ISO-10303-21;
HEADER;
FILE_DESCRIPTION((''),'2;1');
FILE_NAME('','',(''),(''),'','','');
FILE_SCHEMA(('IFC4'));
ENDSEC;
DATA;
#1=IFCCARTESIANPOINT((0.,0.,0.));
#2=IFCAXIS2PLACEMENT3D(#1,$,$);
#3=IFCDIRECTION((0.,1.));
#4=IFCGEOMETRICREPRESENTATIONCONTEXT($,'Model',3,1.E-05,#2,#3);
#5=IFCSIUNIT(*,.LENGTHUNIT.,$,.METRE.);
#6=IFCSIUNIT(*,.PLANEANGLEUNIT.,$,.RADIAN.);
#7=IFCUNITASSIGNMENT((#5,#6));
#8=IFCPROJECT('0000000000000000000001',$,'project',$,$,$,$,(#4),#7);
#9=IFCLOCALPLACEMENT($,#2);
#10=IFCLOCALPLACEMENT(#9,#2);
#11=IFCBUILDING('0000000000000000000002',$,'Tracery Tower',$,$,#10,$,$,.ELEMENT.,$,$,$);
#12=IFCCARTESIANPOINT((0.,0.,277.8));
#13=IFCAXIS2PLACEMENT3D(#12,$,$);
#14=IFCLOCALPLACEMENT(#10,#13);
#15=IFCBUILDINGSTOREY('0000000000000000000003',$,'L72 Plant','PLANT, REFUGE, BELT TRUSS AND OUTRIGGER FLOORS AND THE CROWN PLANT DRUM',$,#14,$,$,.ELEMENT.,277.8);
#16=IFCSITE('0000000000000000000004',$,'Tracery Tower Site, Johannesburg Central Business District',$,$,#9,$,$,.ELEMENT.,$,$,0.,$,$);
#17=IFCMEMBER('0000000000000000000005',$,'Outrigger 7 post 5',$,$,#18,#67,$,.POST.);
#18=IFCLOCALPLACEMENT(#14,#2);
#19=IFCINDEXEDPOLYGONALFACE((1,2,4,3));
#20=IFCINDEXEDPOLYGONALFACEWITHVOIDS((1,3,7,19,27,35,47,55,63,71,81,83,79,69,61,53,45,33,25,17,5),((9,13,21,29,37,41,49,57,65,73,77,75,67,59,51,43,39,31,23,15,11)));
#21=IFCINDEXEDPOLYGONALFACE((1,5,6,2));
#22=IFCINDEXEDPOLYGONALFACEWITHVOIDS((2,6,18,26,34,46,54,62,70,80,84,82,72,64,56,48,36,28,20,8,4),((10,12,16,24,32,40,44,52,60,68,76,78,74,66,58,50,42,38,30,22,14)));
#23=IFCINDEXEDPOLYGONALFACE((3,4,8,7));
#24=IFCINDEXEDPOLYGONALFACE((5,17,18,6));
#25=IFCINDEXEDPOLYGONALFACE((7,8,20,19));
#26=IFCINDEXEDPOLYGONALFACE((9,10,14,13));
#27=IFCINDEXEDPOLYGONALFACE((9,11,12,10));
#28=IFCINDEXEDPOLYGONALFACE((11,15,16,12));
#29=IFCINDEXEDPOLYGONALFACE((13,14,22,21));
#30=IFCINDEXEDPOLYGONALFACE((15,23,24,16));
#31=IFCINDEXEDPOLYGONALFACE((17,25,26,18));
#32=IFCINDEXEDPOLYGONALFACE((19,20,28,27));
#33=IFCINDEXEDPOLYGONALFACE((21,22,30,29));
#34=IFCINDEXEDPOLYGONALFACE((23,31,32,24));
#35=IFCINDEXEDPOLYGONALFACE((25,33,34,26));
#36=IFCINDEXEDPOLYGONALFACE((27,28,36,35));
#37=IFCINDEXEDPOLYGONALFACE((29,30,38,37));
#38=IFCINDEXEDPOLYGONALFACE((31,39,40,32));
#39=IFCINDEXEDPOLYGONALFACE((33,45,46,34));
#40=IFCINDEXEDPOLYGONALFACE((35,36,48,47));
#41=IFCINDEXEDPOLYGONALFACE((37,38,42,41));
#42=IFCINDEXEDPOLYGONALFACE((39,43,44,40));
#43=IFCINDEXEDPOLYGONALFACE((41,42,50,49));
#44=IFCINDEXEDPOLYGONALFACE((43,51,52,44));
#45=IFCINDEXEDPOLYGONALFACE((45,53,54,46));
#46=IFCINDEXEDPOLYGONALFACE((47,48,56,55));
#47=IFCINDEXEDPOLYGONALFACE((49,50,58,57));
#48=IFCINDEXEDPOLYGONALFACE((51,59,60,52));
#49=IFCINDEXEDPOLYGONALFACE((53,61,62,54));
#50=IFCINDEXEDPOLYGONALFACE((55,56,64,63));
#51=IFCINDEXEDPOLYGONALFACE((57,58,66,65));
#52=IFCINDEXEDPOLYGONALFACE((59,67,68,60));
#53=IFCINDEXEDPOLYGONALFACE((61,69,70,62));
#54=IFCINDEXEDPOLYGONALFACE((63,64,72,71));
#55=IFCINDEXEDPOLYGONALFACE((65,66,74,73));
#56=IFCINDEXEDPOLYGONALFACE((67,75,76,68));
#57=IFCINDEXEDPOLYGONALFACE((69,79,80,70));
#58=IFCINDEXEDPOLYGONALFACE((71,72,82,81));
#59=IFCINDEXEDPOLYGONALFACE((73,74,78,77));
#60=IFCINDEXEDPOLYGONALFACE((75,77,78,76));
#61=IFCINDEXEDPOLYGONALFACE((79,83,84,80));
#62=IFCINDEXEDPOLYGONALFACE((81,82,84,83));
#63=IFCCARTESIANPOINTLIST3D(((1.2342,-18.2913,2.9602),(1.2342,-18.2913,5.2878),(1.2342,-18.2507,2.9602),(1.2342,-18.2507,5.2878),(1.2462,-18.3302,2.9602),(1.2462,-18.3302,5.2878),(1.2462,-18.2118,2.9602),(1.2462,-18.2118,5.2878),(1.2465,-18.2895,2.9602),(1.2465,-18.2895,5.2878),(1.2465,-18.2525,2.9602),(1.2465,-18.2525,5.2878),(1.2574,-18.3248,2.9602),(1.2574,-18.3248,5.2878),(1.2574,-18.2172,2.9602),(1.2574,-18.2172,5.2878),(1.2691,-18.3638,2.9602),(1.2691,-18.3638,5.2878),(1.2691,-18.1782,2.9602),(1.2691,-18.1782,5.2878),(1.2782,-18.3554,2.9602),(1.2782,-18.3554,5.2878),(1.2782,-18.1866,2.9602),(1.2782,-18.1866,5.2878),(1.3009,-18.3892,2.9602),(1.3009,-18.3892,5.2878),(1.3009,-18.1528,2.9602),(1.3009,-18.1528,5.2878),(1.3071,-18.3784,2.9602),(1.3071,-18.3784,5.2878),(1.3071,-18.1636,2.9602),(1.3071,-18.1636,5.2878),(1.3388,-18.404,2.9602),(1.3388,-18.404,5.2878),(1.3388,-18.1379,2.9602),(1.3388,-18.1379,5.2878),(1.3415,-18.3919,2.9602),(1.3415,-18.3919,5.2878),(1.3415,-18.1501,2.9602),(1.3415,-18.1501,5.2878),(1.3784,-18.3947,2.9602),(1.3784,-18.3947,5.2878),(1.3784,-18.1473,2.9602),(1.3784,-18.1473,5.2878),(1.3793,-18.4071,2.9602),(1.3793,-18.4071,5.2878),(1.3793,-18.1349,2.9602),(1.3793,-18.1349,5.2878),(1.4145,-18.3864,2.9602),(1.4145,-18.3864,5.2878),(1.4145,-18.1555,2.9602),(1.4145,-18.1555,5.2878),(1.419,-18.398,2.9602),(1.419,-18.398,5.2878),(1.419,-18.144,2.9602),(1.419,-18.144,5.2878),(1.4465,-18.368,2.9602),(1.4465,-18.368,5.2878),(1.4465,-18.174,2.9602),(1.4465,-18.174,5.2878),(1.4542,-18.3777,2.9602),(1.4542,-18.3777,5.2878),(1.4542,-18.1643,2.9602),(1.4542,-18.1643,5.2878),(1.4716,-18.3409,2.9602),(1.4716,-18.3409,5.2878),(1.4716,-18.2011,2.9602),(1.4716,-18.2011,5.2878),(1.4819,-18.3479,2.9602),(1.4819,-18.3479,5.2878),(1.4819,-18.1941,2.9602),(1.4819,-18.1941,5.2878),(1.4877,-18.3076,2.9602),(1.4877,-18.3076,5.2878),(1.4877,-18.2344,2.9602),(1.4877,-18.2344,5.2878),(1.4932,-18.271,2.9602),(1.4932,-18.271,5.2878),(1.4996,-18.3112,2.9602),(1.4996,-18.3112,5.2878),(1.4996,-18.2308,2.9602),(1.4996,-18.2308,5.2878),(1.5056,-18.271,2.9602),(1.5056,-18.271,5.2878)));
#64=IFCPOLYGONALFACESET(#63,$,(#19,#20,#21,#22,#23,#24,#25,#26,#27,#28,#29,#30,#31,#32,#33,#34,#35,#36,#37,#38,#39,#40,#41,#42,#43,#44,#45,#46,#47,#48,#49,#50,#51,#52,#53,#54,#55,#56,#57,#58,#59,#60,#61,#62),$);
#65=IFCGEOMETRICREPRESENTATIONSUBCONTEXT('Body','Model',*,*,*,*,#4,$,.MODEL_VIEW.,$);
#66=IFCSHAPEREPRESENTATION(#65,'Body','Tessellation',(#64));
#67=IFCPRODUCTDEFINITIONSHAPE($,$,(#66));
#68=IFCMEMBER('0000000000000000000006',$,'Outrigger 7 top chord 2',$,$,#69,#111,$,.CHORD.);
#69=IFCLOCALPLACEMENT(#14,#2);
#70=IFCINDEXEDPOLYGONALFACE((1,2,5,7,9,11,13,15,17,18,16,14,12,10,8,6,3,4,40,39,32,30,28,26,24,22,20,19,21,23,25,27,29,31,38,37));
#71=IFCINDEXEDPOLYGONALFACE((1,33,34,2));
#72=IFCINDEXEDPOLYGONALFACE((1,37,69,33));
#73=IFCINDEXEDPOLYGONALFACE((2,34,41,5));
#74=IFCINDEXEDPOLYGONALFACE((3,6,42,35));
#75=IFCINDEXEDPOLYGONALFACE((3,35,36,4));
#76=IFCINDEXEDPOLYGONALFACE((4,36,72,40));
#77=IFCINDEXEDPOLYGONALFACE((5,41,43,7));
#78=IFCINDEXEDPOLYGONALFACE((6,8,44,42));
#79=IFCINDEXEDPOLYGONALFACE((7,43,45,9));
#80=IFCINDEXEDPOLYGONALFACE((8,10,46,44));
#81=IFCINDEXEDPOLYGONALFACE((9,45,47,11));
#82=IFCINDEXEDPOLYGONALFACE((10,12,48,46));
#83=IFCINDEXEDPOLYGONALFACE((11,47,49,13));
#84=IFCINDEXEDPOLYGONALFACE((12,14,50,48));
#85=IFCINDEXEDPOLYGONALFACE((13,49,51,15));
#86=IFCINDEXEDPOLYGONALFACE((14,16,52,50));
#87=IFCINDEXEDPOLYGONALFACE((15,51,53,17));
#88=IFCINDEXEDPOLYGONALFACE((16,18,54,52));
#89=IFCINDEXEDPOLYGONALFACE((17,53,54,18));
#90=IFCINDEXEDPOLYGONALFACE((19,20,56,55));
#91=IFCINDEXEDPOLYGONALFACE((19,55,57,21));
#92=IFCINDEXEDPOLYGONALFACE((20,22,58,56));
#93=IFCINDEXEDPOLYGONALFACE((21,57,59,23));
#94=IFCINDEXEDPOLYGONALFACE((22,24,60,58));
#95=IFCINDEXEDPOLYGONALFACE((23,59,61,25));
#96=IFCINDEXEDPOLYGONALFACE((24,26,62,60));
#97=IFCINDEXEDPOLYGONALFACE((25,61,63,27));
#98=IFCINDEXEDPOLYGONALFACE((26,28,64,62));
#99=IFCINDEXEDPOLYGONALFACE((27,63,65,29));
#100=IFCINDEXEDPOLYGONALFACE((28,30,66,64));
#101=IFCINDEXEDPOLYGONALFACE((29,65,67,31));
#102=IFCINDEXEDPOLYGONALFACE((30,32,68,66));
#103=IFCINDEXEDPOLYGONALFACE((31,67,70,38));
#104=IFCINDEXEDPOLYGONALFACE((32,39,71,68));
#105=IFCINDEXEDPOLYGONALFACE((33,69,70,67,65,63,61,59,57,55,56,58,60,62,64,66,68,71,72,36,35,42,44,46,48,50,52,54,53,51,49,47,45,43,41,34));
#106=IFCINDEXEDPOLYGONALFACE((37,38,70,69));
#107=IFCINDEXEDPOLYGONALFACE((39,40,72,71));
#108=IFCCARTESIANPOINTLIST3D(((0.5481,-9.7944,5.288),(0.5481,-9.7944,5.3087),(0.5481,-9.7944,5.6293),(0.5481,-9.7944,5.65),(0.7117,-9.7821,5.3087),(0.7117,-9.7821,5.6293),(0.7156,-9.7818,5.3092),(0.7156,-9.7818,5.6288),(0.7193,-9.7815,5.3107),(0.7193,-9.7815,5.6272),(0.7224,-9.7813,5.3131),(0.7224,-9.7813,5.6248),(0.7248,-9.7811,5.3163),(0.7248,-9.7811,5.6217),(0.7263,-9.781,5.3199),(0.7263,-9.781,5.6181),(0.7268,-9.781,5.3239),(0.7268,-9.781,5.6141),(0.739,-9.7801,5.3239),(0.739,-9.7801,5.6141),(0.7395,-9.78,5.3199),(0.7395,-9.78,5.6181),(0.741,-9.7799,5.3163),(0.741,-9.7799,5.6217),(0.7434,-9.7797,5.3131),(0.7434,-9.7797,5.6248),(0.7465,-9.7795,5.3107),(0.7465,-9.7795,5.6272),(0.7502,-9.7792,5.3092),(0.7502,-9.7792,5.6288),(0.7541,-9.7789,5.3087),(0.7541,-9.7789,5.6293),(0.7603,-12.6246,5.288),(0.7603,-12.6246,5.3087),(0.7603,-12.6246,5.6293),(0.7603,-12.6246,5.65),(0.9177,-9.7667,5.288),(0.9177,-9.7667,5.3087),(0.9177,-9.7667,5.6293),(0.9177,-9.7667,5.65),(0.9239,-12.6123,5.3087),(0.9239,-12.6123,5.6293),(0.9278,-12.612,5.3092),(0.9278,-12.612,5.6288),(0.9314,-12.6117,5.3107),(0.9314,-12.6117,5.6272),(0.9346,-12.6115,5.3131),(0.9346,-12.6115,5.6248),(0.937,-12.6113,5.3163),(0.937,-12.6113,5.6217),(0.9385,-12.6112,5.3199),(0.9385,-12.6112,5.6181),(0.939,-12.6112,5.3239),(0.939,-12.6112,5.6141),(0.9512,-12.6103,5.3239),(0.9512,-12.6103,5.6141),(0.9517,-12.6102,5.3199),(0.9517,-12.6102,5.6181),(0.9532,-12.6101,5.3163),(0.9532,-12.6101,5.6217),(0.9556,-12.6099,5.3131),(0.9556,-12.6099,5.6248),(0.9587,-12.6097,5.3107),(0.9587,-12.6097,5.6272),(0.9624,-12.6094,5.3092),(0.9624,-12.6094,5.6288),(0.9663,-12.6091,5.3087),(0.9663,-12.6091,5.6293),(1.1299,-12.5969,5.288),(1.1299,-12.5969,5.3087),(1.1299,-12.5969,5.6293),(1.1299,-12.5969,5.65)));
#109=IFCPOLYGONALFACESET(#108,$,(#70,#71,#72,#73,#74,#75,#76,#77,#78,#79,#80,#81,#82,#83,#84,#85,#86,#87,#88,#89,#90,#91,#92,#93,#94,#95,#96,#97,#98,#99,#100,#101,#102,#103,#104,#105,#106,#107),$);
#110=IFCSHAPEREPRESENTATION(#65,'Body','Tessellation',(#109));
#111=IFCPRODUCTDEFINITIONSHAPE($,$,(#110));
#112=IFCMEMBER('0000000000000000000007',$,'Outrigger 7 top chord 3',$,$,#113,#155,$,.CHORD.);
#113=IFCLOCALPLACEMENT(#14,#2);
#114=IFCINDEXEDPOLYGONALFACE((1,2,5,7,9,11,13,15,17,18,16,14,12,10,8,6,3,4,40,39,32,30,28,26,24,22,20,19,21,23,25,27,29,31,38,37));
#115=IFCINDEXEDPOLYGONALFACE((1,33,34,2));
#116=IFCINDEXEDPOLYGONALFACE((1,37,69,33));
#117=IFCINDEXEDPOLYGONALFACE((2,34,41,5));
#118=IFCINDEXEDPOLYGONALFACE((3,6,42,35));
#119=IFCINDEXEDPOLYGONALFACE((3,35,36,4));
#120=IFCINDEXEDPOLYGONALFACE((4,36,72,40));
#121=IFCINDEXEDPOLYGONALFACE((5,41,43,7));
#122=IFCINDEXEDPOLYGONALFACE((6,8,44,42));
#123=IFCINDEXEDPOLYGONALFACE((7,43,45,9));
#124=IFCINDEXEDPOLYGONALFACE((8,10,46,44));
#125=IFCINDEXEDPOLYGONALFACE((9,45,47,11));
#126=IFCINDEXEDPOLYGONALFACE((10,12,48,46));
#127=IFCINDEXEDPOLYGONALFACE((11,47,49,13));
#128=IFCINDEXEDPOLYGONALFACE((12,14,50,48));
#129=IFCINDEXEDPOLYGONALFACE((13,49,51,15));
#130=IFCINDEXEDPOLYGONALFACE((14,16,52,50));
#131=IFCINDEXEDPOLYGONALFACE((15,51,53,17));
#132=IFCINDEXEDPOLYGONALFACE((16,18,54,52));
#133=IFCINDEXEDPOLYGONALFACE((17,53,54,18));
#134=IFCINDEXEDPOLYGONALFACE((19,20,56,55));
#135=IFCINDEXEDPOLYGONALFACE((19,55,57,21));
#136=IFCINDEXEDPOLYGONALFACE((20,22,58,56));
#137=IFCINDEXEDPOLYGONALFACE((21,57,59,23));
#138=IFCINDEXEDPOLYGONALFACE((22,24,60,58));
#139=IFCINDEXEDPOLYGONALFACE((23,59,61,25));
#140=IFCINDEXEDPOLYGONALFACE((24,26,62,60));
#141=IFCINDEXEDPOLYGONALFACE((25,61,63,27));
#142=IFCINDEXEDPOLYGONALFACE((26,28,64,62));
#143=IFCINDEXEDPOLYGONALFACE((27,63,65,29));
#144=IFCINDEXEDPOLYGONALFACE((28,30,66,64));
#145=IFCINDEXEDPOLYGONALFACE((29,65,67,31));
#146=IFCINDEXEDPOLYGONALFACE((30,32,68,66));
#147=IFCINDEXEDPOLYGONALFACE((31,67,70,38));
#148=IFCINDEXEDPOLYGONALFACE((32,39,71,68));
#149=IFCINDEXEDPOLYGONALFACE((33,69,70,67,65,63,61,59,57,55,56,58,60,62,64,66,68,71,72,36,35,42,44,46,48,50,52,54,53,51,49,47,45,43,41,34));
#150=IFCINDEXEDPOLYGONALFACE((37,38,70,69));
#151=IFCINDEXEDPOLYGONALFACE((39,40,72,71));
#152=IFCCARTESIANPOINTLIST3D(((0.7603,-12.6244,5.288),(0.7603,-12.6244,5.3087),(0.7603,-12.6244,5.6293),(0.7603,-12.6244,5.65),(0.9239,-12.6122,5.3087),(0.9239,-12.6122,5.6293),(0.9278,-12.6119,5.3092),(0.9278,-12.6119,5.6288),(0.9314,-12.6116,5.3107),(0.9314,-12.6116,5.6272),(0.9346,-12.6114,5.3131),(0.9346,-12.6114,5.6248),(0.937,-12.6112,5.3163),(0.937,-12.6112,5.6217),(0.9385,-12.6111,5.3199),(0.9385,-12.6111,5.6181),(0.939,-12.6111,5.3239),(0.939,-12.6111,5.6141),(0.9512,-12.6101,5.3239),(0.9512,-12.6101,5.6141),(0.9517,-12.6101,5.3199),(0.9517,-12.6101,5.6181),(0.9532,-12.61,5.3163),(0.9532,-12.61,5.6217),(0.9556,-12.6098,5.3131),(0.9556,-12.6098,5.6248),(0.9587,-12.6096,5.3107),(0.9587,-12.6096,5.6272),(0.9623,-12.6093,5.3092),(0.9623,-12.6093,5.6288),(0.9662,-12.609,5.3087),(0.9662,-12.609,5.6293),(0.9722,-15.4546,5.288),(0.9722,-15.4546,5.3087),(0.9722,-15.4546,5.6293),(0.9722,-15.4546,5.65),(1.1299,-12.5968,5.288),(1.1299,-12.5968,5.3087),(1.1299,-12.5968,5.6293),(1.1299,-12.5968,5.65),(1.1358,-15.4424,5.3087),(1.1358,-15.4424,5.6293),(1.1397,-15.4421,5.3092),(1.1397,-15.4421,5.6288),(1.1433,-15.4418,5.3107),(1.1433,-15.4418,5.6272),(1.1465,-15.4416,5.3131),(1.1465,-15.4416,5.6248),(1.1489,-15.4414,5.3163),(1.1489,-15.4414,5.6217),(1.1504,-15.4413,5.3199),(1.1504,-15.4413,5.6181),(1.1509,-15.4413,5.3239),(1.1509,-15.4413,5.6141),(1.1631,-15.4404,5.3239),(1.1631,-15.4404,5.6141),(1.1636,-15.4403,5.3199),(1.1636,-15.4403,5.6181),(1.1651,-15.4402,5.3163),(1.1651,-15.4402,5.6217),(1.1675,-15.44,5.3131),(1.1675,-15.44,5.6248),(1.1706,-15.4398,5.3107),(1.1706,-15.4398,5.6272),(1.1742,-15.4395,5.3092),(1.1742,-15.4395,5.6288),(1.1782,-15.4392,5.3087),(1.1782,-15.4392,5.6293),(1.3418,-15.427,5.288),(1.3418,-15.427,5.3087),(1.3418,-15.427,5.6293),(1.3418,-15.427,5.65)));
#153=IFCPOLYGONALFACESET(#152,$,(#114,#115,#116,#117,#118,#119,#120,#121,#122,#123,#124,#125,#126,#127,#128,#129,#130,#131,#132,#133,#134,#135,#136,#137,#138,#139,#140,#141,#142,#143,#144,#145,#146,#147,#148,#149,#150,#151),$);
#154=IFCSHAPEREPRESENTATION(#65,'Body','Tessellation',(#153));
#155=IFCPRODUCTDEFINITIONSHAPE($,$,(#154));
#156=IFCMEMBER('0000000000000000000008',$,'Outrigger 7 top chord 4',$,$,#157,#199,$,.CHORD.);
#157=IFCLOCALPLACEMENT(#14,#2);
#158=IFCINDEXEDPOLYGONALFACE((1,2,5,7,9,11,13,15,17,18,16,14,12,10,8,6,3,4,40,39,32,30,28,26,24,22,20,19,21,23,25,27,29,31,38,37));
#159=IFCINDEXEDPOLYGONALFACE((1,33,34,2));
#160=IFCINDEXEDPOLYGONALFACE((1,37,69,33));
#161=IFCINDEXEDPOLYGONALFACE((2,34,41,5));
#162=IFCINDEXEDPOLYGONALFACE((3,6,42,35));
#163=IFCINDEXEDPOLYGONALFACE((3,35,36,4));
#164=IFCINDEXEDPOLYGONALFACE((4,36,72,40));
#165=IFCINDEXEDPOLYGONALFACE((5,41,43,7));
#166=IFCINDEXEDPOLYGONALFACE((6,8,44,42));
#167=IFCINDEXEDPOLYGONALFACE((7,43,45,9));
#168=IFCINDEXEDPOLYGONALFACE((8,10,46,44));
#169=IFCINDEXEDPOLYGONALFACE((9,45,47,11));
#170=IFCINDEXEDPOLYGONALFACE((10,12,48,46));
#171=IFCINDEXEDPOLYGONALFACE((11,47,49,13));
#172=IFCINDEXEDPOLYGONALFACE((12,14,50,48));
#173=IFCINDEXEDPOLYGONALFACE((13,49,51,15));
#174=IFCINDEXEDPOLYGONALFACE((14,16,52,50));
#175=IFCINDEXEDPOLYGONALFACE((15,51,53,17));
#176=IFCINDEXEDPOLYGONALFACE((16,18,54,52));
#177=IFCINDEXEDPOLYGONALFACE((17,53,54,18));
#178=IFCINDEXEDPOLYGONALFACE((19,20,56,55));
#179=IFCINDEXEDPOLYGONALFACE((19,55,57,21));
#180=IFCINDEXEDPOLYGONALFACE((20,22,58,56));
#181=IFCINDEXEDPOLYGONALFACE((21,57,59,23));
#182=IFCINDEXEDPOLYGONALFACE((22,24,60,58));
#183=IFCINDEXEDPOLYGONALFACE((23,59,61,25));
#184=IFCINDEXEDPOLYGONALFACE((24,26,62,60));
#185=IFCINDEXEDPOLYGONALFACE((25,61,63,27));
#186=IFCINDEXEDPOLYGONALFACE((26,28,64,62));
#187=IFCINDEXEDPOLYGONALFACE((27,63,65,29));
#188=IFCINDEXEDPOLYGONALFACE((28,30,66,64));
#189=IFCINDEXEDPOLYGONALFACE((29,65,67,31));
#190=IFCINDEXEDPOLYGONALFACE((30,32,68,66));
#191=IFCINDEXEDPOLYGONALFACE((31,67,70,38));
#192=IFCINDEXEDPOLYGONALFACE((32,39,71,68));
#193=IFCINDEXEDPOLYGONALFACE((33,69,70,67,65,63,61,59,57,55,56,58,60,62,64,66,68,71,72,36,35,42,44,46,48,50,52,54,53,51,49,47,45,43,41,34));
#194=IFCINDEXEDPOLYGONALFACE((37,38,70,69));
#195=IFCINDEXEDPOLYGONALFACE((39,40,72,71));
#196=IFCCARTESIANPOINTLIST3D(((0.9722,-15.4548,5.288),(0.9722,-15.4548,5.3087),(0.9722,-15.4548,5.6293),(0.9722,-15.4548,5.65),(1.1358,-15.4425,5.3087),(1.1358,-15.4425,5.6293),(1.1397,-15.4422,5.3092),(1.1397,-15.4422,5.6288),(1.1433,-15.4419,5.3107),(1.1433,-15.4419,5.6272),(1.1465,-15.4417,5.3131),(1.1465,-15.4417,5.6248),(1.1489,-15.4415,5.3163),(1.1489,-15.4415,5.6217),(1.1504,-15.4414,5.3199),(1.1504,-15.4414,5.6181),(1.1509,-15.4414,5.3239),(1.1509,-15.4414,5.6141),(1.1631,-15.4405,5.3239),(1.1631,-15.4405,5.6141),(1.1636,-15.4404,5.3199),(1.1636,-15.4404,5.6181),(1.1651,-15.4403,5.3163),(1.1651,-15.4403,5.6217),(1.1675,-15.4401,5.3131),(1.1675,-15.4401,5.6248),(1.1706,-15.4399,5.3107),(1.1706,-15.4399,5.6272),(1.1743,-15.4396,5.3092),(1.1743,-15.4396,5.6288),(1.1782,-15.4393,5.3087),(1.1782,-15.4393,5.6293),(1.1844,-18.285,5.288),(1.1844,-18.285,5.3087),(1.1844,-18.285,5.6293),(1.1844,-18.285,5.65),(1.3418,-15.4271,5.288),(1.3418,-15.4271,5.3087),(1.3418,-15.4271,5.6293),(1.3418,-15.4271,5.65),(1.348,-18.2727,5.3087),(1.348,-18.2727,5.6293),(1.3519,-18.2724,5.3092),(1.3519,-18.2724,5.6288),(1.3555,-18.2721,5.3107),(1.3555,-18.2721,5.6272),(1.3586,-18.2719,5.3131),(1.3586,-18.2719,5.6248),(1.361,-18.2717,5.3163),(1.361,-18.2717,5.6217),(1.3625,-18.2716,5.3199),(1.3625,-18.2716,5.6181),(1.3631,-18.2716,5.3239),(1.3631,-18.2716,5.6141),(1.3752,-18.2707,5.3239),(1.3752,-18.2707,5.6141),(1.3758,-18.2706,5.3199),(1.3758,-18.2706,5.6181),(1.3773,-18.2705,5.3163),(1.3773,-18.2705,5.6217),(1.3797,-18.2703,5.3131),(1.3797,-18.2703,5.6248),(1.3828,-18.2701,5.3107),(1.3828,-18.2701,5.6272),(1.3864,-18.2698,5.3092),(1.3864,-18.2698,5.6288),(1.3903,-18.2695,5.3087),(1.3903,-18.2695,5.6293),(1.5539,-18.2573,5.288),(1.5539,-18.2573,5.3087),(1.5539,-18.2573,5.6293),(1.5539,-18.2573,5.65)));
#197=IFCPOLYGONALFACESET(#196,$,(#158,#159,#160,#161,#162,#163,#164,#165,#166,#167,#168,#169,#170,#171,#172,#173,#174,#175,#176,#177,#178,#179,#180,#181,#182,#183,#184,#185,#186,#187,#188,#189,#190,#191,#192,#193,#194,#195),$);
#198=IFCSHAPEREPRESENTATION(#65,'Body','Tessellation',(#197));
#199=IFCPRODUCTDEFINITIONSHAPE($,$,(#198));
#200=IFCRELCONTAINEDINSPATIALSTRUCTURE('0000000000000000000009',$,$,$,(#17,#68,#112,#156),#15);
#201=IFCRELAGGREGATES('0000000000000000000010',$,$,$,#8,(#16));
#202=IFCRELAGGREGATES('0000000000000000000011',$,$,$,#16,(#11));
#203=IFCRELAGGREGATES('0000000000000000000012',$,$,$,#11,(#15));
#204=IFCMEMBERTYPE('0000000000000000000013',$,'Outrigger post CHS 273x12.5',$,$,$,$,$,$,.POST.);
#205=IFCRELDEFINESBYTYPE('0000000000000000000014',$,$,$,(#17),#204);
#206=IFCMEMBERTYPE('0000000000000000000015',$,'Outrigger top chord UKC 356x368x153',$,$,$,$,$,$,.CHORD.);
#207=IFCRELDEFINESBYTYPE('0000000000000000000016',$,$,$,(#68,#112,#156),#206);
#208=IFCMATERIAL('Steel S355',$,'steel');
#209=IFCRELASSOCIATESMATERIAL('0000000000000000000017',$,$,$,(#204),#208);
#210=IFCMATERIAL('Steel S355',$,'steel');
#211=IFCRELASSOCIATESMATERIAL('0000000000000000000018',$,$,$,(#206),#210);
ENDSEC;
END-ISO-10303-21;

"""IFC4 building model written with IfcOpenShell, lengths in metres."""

from ifc_helpers import new_model, si_unit, direction, frame, origin, origin_2d, place, context, subcontext, project, spatial, hollow_circle, i_section, extrude, material, material_profile, profile_set, type_object, element, save


model = new_model("IFC4")

# Units and contexts
model_context = context("Model", 3, precision=1e-05, world=origin(), true_north=direction((0.0, 1.0)))
body_context = subcontext(model_context, "Body", "Model", "MODEL_VIEW")
ifc_project = project(units=[si_unit("LENGTHUNIT", "METRE"), si_unit("PLANEANGLEUNIT", "RADIAN")], contexts=[model_context])

# Site, building, storey
site_placement = place(None, origin())
site = spatial("IfcSite", under=ifc_project, at=site_placement, Name="Tracery Tower Site, Johannesburg Central Business District", CompositionType="ELEMENT", RefElevation=0.0)
building_placement = place(site_placement, origin())
building = spatial("IfcBuilding", under=site, at=building_placement, Name="Tracery Tower", CompositionType="ELEMENT")
storey_placement = place(building_placement, frame((0.0, 0.0, 277.8)))
storey = spatial("IfcBuildingStorey", under=building, at=storey_placement, Name="L72 Plant", Description="PLANT, REFUGE, BELT TRUSS AND OUTRIGGER FLOORS AND THE CROWN PLANT DRUM", CompositionType="ELEMENT", Elevation=277.8)

# Members
ifc_material_1 = material(Name="Steel S355", Category="steel")
ifc_material_profile_1 = material_profile(ifc_material_1, hollow_circle(Radius=0.1365, WallThickness=0.0125, at=origin_2d()), Name="CHS 273x12.5")
ifc_profile_set_1 = profile_set([ifc_material_profile_1], Name="Steel S355")
member_type_1 = type_object("IfcMemberType", Name="Outrigger post CHS 273x12.5", PredefinedType="POST", material=ifc_profile_set_1)
for number, where, z_axis, x_axis, name in (
    (1, (1.3691, -18.271, 2.9602), (0.0, 0.0, 1.0), (1.0, 0.0, 0.0), "Outrigger 7 post 5"),
):
    element("IfcMember", number, at=place(storey_placement, frame(where, z_axis=z_axis, x_axis=x_axis)), inside=storey, type_object=member_type_1, Name=name, PredefinedType="POST", context=body_context, shape_type="SweptSolid", body=[
        extrude(hollow_circle(Radius=0.1365, WallThickness=0.0125, at=origin_2d()), origin(), (0.0, 0.0, 1.0), 2.3276),
    ])
ifc_material_2 = material(Name="Steel S355", Category="steel")
ifc_material_profile_2 = material_profile(ifc_material_2, i_section(OverallWidth=0.3706, OverallDepth=0.3621, WebThickness=0.0122, FlangeThickness=0.0208, FilletRadius=0.0151, at=origin_2d()), Name="UKC 356x368x153")
ifc_profile_set_2 = profile_set([ifc_material_profile_2], Name="Steel S355")
member_type_2 = type_object("IfcMemberType", Name="Outrigger top chord UKC 356x368x153", PredefinedType="CHORD", material=ifc_profile_set_2)
for number, where, z_axis, x_axis, name in (
    (2, (0.7329, -9.7805, 5.469), (0.074756, -0.997202, 0.0), (0.997202, 0.074756, 0.0), "Outrigger 7 top chord 2"),
    (3, (0.9451, -12.6106, 5.469), (0.074664, -0.997209, 0.0), (0.997209, 0.074664, 0.0), "Outrigger 7 top chord 3"),
    (4, (1.157, -15.4409, 5.469), (0.074756, -0.997202, 0.0), (0.997202, 0.074756, 0.0), "Outrigger 7 top chord 4"),
):
    element("IfcMember", number, at=place(storey_placement, frame(where, z_axis=z_axis, x_axis=x_axis)), inside=storey, type_object=member_type_2, Name=name, PredefinedType="CHORD", context=body_context, shape_type="SweptSolid", body=[
        extrude(i_section(OverallWidth=0.3706, OverallDepth=0.3621, WebThickness=0.0122, FlangeThickness=0.0208, FilletRadius=0.0151, at=origin_2d()), origin(), (0.0, 0.0, 1.0), 2.8381),
    ])

save(model, "model.ifc")
